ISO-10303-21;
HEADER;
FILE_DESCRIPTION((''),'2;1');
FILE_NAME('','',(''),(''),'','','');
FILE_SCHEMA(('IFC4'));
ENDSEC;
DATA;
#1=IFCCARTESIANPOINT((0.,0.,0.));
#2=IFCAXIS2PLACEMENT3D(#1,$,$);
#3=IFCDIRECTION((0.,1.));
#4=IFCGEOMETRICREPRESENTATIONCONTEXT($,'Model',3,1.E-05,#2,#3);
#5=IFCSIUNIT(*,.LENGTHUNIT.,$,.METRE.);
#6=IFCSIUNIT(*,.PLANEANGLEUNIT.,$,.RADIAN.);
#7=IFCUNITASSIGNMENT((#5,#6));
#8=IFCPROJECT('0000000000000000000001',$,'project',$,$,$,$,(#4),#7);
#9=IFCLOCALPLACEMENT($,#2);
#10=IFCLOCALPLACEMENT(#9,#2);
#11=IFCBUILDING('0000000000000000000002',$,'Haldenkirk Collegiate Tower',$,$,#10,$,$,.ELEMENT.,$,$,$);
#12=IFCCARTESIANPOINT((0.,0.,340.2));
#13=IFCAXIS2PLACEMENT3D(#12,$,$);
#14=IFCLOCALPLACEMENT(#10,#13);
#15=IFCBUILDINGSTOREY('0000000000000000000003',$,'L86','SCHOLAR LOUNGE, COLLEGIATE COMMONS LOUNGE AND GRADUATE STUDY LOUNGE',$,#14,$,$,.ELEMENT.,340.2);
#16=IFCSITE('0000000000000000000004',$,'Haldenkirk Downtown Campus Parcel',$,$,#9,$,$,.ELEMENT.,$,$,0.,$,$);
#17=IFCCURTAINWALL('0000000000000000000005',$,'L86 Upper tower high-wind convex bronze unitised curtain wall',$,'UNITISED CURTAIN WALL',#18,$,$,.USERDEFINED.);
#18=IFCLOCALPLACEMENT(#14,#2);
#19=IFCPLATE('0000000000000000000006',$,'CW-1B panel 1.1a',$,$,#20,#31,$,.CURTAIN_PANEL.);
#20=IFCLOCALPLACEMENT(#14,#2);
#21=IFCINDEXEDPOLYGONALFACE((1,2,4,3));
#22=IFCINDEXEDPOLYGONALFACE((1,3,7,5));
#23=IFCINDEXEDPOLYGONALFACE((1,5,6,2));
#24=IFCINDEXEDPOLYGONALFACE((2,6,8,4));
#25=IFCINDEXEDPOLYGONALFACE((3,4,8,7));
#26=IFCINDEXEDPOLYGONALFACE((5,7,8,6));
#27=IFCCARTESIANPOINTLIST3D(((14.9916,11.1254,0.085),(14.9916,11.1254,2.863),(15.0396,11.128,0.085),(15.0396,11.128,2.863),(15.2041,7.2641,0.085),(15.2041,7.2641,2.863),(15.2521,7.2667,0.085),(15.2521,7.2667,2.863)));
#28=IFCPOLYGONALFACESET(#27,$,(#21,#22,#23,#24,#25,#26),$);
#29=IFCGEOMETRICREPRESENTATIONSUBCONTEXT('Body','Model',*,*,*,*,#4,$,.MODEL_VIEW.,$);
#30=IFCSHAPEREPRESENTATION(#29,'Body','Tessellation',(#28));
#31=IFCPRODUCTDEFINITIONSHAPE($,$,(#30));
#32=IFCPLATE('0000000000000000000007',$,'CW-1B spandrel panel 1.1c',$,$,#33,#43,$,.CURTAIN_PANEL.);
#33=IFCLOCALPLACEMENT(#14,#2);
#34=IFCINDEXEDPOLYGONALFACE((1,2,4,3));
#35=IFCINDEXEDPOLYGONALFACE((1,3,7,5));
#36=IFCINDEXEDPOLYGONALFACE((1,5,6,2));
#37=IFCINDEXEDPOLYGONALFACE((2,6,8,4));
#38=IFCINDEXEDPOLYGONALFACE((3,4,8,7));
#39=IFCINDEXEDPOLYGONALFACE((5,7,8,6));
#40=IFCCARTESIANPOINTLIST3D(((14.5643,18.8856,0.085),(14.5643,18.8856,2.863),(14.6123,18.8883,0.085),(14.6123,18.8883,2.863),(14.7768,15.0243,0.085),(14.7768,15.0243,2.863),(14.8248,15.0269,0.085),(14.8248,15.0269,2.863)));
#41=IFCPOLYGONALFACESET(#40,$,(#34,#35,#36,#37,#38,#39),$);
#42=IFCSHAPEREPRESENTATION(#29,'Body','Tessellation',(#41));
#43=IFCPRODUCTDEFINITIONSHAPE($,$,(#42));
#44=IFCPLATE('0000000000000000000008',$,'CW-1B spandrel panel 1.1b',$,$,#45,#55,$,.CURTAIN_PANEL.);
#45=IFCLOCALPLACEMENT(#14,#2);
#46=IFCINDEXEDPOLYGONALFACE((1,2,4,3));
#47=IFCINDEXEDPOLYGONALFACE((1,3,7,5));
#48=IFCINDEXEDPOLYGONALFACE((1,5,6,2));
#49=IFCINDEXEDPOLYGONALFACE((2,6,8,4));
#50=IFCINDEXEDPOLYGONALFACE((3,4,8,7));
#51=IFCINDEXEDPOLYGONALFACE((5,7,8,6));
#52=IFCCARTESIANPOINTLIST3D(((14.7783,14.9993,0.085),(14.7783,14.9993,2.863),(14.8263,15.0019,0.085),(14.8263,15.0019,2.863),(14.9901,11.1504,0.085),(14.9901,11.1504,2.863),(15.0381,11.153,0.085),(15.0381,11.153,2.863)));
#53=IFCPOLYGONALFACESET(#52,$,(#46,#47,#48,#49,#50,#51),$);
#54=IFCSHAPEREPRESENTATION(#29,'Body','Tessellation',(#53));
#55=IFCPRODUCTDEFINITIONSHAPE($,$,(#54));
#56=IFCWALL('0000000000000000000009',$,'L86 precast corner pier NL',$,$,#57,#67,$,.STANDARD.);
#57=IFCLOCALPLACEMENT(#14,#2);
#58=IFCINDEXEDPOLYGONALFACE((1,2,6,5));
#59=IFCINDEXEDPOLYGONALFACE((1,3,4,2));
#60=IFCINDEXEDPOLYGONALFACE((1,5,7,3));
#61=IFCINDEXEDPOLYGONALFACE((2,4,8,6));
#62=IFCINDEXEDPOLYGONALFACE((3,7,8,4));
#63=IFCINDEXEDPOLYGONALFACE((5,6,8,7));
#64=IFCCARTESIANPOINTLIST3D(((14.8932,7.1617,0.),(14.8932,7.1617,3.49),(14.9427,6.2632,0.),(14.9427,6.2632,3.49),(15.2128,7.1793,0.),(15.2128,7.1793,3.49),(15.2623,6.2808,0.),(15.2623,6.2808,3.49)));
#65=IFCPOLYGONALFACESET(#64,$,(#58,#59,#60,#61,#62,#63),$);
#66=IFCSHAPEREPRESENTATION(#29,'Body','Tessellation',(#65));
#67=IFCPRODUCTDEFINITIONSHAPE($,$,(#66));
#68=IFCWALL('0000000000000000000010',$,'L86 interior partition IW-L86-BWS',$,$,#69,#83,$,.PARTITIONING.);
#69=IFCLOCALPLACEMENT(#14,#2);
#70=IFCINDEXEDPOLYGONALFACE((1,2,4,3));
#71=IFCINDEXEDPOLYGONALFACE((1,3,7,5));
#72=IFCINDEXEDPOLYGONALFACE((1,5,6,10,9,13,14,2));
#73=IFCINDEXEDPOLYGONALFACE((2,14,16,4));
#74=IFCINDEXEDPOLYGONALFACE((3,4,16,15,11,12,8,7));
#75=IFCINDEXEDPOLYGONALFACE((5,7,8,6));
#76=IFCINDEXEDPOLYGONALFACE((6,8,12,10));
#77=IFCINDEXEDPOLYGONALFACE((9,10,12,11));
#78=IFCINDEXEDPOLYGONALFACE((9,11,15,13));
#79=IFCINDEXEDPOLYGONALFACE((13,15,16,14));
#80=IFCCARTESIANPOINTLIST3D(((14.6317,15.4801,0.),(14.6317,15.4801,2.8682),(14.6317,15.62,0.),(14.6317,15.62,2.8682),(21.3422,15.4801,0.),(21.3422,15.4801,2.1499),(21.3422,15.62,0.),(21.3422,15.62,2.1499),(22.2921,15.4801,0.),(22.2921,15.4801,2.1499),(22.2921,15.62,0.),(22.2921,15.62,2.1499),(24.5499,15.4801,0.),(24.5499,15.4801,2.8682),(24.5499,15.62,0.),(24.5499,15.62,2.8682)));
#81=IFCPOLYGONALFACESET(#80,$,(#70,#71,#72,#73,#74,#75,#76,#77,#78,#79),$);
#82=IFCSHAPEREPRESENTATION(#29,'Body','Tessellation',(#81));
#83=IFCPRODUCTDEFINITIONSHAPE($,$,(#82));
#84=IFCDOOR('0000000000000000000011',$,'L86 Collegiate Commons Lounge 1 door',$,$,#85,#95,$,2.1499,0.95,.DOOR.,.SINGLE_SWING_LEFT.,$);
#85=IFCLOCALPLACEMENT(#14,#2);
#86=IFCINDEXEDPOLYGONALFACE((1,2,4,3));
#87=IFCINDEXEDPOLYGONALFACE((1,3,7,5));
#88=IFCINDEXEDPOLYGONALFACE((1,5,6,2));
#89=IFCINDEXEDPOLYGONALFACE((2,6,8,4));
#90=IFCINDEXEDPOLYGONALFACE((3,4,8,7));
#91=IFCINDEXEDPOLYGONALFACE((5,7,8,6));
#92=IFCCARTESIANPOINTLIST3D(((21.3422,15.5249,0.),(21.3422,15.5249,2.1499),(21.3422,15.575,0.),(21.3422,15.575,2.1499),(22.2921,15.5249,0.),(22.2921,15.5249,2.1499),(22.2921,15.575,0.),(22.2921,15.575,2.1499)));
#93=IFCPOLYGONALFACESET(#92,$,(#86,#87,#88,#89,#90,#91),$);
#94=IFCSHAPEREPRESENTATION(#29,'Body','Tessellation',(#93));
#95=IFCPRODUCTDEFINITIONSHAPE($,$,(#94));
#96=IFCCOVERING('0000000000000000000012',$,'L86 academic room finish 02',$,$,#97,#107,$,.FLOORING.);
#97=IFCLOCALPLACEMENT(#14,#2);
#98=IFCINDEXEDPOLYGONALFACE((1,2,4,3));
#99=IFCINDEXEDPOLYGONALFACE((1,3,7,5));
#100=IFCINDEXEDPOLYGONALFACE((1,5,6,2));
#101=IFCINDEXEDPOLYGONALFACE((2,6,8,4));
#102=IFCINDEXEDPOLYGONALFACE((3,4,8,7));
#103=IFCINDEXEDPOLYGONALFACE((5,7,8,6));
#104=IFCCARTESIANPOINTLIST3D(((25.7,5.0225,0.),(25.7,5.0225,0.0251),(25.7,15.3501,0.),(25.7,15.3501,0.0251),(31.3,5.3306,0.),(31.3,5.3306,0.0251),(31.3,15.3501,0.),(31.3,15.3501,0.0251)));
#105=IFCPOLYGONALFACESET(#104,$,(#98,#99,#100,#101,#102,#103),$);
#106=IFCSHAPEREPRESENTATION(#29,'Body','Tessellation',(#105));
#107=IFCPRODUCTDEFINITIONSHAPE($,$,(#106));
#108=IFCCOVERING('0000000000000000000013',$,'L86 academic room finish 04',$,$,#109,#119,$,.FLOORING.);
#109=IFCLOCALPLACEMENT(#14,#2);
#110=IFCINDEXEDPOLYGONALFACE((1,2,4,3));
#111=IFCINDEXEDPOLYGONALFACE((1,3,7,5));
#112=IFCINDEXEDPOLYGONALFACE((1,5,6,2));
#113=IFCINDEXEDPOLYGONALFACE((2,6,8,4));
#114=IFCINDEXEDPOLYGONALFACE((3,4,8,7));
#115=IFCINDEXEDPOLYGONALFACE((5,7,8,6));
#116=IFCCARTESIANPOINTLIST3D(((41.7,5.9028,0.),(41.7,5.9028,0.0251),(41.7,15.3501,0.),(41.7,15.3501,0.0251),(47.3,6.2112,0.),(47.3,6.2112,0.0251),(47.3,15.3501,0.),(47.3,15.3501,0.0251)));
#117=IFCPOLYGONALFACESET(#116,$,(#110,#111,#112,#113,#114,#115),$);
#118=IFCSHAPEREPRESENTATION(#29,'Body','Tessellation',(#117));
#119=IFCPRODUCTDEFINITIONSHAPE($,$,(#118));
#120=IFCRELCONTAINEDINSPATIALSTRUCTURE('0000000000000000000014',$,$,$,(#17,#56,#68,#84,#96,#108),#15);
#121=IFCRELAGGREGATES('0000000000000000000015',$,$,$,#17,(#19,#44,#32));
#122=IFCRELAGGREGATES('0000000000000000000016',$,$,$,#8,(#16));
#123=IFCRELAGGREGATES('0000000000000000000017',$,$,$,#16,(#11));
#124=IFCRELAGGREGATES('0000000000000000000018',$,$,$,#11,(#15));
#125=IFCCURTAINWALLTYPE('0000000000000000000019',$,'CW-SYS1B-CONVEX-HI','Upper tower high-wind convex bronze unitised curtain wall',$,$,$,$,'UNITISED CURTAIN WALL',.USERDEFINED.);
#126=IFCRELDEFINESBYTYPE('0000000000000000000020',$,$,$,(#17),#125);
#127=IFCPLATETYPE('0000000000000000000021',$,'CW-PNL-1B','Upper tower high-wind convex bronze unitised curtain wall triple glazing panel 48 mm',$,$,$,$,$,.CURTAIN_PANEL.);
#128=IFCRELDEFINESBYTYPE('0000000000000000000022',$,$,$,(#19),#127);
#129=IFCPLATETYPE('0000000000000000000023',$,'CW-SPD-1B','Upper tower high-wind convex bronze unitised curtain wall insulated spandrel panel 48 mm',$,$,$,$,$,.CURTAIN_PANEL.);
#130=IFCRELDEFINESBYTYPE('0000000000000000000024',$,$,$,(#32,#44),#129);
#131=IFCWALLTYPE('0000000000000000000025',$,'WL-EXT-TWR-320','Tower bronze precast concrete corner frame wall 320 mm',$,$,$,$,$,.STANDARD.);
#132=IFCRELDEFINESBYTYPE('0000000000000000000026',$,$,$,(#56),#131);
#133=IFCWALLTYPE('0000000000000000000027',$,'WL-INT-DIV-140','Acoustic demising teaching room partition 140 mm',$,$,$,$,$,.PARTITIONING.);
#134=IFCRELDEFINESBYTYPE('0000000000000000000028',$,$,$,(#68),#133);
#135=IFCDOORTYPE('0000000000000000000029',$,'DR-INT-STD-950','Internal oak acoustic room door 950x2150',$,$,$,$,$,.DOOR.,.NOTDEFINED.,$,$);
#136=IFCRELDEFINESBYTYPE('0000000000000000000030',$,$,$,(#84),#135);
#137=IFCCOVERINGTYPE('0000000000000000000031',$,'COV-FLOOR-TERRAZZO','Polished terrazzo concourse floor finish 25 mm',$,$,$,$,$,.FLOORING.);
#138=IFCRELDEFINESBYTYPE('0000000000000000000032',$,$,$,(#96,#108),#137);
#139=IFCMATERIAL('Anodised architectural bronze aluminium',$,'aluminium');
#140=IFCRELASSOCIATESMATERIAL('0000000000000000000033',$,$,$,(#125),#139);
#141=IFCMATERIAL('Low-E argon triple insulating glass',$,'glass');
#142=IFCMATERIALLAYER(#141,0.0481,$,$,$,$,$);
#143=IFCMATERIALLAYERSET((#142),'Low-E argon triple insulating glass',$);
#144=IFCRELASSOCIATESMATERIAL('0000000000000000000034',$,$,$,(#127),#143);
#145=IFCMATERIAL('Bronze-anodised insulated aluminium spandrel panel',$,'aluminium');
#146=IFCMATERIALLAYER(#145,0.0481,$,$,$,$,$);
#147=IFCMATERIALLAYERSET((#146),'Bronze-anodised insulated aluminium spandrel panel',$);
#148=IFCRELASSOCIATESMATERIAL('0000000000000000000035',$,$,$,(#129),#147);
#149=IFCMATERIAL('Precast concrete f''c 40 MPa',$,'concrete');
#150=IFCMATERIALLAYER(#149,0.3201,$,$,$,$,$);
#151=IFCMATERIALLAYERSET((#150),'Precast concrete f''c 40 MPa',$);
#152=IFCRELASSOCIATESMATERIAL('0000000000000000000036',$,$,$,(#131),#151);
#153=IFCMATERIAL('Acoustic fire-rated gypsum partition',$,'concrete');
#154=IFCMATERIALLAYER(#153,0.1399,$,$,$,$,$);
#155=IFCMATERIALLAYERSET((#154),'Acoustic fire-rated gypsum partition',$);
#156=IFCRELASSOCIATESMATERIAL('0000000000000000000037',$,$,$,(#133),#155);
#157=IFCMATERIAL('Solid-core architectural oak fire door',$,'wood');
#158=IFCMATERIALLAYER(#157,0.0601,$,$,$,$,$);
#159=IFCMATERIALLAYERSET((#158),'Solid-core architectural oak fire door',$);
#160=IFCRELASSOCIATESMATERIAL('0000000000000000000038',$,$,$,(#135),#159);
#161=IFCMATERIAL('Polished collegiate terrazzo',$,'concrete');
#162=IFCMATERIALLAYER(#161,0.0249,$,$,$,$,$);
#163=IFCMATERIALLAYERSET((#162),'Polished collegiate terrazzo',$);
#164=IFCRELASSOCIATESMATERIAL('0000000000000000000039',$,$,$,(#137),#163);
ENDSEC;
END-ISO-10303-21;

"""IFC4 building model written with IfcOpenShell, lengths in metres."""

from ifc_helpers import new_model, si_unit, direction, frame, frame_2d, origin, origin_2d, place, context, subcontext, project, spatial, polyline, rectangle, outline, extrude, source, transform, mapped, material, layer, layer_set, type_object, element, fill, aggregate, save


model = new_model("IFC4")

# Units and contexts
model_context = context("Model", 3, precision=1e-05, world=origin(), true_north=direction((0.0, 1.0)))
body_context = subcontext(model_context, "Body", "Model", "MODEL_VIEW")
ifc_project = project(units=[si_unit("LENGTHUNIT", "METRE"), si_unit("PLANEANGLEUNIT", "RADIAN")], contexts=[model_context])

# Site, building, storey
site_placement = place(None, origin())
site = spatial("IfcSite", under=ifc_project, at=site_placement, Name="Haldenkirk Downtown Campus Parcel", CompositionType="ELEMENT", RefElevation=0.0)
building_placement = place(site_placement, origin())
building = spatial("IfcBuilding", under=site, at=building_placement, Name="Haldenkirk Collegiate Tower", CompositionType="ELEMENT")
storey_placement = place(building_placement, frame((0.0, 0.0, 340.2)))
storey = spatial("IfcBuildingStorey", under=building, at=storey_placement, Name="L86", Description="SCHOLAR LOUNGE, COLLEGIATE COMMONS LOUNGE AND GRADUATE STUDY LOUNGE", CompositionType="ELEMENT", Elevation=340.2)

# Curtain wall
ifc_material_1 = material(Name="Anodised architectural bronze aluminium", Category="aluminium")
curtain_wall_type = type_object("IfcCurtainWallType", Name="CW-SYS1B-CONVEX-HI", Description="Upper tower high-wind convex bronze unitised curtain wall", ElementType="UNITISED CURTAIN WALL", PredefinedType="USERDEFINED", material=ifc_material_1)
curtain_wall_placement = place(storey_placement, origin())
curtain_wall = element("IfcCurtainWall", 1, at=curtain_wall_placement, inside=storey, type_object=curtain_wall_type, Name="L86 Upper tower high-wind convex bronze unitised curtain wall", ObjectType="UNITISED CURTAIN WALL", PredefinedType="USERDEFINED")

# Plates
ifc_material_2 = material(Name="Low-E argon triple insulating glass", Category="glass")
ifc_layer_1 = layer(ifc_material_2, 0.0481)
ifc_layer_set_1 = layer_set([ifc_layer_1], Name="Low-E argon triple insulating glass")
plate_type_1 = type_object("IfcPlateType", Name="CW-PNL-1B", Description="Upper tower high-wind convex bronze unitised curtain wall triple glazing panel 48 mm", PredefinedType="CURTAIN_PANEL", material=ifc_layer_set_1)
shared_shape_1 = source(origin(), body_context, "Body", "SweptSolid", [
    extrude(rectangle(XDim=3.8672, YDim=0.0481, at=origin_2d()), origin(), (0.0, 0.0, 1.0), 2.7781),
])
plate_1_placement = place(storey_placement, frame((15.1218, 9.196, 0.085), z_axis=(0.0, 0.0, 1.0), x_axis=(-0.054949, 0.998489, 0.0)))
plate_1 = element("IfcPlate", 2, at=plate_1_placement, type_object=plate_type_1, Name="CW-1B panel 1.1a", PredefinedType="CURTAIN_PANEL", context=body_context, shape_type="MappedRepresentation", body=[
    mapped(shared_shape_1, transform((0.0, 0.0, 0.0), x_axis=(1.0, 0.0, 0.0), y_axis=(0.0, 1.0, 0.0), z_axis=(0.0, 0.0, 1.0), scale=1.0)),
])
ifc_material_3 = material(Name="Bronze-anodised insulated aluminium spandrel panel", Category="aluminium")
ifc_layer_2 = layer(ifc_material_3, 0.0481)
ifc_layer_set_2 = layer_set([ifc_layer_2], Name="Bronze-anodised insulated aluminium spandrel panel")
plate_type_2 = type_object("IfcPlateType", Name="CW-SPD-1B", Description="Upper tower high-wind convex bronze unitised curtain wall insulated spandrel panel 48 mm", PredefinedType="CURTAIN_PANEL", material=ifc_layer_set_2)
plate_2_placement = place(storey_placement, frame((14.6946, 16.9563, 0.085), z_axis=(0.0, 0.0, 1.0), x_axis=(-0.054949, 0.998489, 0.0)))
plate_2 = element("IfcPlate", 3, at=plate_2_placement, type_object=plate_type_2, Name="CW-1B spandrel panel 1.1c", PredefinedType="CURTAIN_PANEL", context=body_context, shape_type="MappedRepresentation", body=[
    mapped(shared_shape_1, transform((0.0, 0.0, 0.0), x_axis=(1.0, 0.0, 0.0), y_axis=(0.0, 1.0, 0.0), z_axis=(0.0, 0.0, 1.0), scale=1.0)),
])
shared_shape_2 = source(origin(), body_context, "Body", "SweptSolid", [
    extrude(rectangle(XDim=3.8547, YDim=0.0481, at=origin_2d()), origin(), (0.0, 0.0, 1.0), 2.7781),
])
plate_3_placement = place(storey_placement, frame((14.9082, 13.0762, 0.085), z_axis=(0.0, 0.0, 1.0), x_axis=(-0.054949, 0.998489, 0.0)))
plate_3 = element("IfcPlate", 4, at=plate_3_placement, type_object=plate_type_2, Name="CW-1B spandrel panel 1.1b", PredefinedType="CURTAIN_PANEL", context=body_context, shape_type="MappedRepresentation", body=[
    mapped(shared_shape_2, transform((0.0, 0.0, 0.0), x_axis=(1.0, 0.0, 0.0), y_axis=(0.0, 1.0, 0.0), z_axis=(0.0, 0.0, 1.0), scale=1.0)),
])
aggregate(curtain_wall, [plate_1, plate_3, plate_2])

# Wall
ifc_material_4 = material(Name="Precast concrete f'c 40 MPa", Category="concrete")
ifc_layer_3 = layer(ifc_material_4, 0.3201)
ifc_layer_set_3 = layer_set([ifc_layer_3], Name="Precast concrete f'c 40 MPa")
wall_type_1 = type_object("IfcWallType", Name="WL-EXT-TWR-320", Description="Tower bronze precast concrete corner frame wall 320 mm", PredefinedType="STANDARD", material=ifc_layer_set_3)
wall_1_placement = place(storey_placement, frame((15.1025, 6.272, 0.0), z_axis=(0.0, 0.0, 1.0), x_axis=(-0.055079, 0.998482, 0.0)))
element("IfcWall", 5, at=wall_1_placement, inside=storey, type_object=wall_type_1, Name="L86 precast corner pier NL", PredefinedType="STANDARD", context=body_context, shape_type="SweptSolid", body=[
    extrude(rectangle(XDim=0.8999, YDim=0.3201, at=frame_2d((0.45, 0.0))), origin(), (0.0, 0.0, 1.0), 3.49),
])

# Wall, opening, door
ifc_material_5 = material(Name="Acoustic fire-rated gypsum partition", Category="concrete")
ifc_layer_4 = layer(ifc_material_5, 0.1399)
ifc_layer_set_4 = layer_set([ifc_layer_4], Name="Acoustic fire-rated gypsum partition")
wall_type_2 = type_object("IfcWallType", Name="WL-INT-DIV-140", Description="Acoustic demising teaching room partition 140 mm", PredefinedType="PARTITIONING", material=ifc_layer_set_4)
wall_2_placement = place(storey_placement, frame((14.6318, 15.55, 0.0), z_axis=(0.0, 0.0, 1.0), x_axis=(1.0, 0.0, 0.0)))
wall_2 = element("IfcWall", 6, at=wall_2_placement, inside=storey, type_object=wall_type_2, Name="L86 interior partition IW-L86-BWS", PredefinedType="PARTITIONING", context=body_context, shape_type="SweptSolid", body=[
    extrude(rectangle(XDim=9.9182, YDim=0.1399, at=frame_2d((4.959, 0.0))), origin(), (0.0, 0.0, 1.0), 2.8682),
])
opening_placement = place(wall_2_placement, frame((6.7102, 0.0, 0.0)))
opening = element("IfcOpeningElement", 7, at=opening_placement, cuts=wall_2, PredefinedType="OPENING", context=body_context, shape_type="SweptSolid", body=[
    extrude(rectangle(XDim=0.95, YDim=2.1499, at=frame_2d((0.4751, 1.075))), frame((0.0, 0.0798, 0.0), z_axis=(0.0, -1.0, 0.0), x_axis=(1.0, 0.0, 0.0)), (0.0, 0.0, 1.0), 0.1599),
])
ifc_material_6 = material(Name="Solid-core architectural oak fire door", Category="wood")
ifc_layer_5 = layer(ifc_material_6, 0.0601)
ifc_layer_set_5 = layer_set([ifc_layer_5], Name="Solid-core architectural oak fire door")
door_type = type_object("IfcDoorType", Name="DR-INT-STD-950", Description="Internal oak acoustic room door 950x2150", OperationType="NOTDEFINED", PredefinedType="DOOR", material=ifc_layer_set_5)
door_placement = place(opening_placement, origin())
door = element("IfcDoor", 8, at=door_placement, inside=storey, type_object=door_type, Name="L86 Collegiate Commons Lounge 1 door", OperationType="SINGLE_SWING_LEFT", OverallHeight=2.1499, OverallWidth=0.95, PredefinedType="DOOR", context=body_context, shape_type="SweptSolid", body=[
    extrude(rectangle(XDim=0.95, YDim=2.1499, at=frame_2d((0.4751, 1.075))), frame((0.0, 0.0249, 0.0), z_axis=(0.0, -1.0, 0.0), x_axis=(1.0, 0.0, 0.0)), (0.0, 0.0, 1.0), 0.05),
])
fill(opening, door)

# Coverings
ifc_material_7 = material(Name="Polished collegiate terrazzo", Category="concrete")
ifc_layer_6 = layer(ifc_material_7, 0.0249)
ifc_layer_set_6 = layer_set([ifc_layer_6], Name="Polished collegiate terrazzo")
covering_type_1 = type_object("IfcCoveringType", Name="COV-FLOOR-TERRAZZO", Description="Polished terrazzo concourse floor finish 25 mm", PredefinedType="FLOORING", material=ifc_layer_set_6)
covering_1_placement = place(storey_placement, origin())
element("IfcCovering", 9, at=covering_1_placement, inside=storey, type_object=covering_type_1, Name="L86 academic room finish 02", PredefinedType="FLOORING", context=body_context, shape_type="SweptSolid", body=[
    extrude(outline(polyline([(25.7, 5.0225), (25.7, 15.3501), (31.3, 15.3501), (31.3, 5.3306), (25.7, 5.0225)])), origin(), (0.0, 0.0, 1.0), 0.0251),
])
covering_2_placement = place(storey_placement, origin())
element("IfcCovering", 10, at=covering_2_placement, inside=storey, type_object=covering_type_1, Name="L86 academic room finish 04", PredefinedType="FLOORING", context=body_context, shape_type="SweptSolid", body=[
    extrude(outline(polyline([(41.7, 5.9028), (41.7, 15.3501), (47.3, 15.3501), (47.3, 6.2112), (41.7, 5.9028)])), origin(), (0.0, 0.0, 1.0), 0.0251),
])

save(model, "model.ifc")
